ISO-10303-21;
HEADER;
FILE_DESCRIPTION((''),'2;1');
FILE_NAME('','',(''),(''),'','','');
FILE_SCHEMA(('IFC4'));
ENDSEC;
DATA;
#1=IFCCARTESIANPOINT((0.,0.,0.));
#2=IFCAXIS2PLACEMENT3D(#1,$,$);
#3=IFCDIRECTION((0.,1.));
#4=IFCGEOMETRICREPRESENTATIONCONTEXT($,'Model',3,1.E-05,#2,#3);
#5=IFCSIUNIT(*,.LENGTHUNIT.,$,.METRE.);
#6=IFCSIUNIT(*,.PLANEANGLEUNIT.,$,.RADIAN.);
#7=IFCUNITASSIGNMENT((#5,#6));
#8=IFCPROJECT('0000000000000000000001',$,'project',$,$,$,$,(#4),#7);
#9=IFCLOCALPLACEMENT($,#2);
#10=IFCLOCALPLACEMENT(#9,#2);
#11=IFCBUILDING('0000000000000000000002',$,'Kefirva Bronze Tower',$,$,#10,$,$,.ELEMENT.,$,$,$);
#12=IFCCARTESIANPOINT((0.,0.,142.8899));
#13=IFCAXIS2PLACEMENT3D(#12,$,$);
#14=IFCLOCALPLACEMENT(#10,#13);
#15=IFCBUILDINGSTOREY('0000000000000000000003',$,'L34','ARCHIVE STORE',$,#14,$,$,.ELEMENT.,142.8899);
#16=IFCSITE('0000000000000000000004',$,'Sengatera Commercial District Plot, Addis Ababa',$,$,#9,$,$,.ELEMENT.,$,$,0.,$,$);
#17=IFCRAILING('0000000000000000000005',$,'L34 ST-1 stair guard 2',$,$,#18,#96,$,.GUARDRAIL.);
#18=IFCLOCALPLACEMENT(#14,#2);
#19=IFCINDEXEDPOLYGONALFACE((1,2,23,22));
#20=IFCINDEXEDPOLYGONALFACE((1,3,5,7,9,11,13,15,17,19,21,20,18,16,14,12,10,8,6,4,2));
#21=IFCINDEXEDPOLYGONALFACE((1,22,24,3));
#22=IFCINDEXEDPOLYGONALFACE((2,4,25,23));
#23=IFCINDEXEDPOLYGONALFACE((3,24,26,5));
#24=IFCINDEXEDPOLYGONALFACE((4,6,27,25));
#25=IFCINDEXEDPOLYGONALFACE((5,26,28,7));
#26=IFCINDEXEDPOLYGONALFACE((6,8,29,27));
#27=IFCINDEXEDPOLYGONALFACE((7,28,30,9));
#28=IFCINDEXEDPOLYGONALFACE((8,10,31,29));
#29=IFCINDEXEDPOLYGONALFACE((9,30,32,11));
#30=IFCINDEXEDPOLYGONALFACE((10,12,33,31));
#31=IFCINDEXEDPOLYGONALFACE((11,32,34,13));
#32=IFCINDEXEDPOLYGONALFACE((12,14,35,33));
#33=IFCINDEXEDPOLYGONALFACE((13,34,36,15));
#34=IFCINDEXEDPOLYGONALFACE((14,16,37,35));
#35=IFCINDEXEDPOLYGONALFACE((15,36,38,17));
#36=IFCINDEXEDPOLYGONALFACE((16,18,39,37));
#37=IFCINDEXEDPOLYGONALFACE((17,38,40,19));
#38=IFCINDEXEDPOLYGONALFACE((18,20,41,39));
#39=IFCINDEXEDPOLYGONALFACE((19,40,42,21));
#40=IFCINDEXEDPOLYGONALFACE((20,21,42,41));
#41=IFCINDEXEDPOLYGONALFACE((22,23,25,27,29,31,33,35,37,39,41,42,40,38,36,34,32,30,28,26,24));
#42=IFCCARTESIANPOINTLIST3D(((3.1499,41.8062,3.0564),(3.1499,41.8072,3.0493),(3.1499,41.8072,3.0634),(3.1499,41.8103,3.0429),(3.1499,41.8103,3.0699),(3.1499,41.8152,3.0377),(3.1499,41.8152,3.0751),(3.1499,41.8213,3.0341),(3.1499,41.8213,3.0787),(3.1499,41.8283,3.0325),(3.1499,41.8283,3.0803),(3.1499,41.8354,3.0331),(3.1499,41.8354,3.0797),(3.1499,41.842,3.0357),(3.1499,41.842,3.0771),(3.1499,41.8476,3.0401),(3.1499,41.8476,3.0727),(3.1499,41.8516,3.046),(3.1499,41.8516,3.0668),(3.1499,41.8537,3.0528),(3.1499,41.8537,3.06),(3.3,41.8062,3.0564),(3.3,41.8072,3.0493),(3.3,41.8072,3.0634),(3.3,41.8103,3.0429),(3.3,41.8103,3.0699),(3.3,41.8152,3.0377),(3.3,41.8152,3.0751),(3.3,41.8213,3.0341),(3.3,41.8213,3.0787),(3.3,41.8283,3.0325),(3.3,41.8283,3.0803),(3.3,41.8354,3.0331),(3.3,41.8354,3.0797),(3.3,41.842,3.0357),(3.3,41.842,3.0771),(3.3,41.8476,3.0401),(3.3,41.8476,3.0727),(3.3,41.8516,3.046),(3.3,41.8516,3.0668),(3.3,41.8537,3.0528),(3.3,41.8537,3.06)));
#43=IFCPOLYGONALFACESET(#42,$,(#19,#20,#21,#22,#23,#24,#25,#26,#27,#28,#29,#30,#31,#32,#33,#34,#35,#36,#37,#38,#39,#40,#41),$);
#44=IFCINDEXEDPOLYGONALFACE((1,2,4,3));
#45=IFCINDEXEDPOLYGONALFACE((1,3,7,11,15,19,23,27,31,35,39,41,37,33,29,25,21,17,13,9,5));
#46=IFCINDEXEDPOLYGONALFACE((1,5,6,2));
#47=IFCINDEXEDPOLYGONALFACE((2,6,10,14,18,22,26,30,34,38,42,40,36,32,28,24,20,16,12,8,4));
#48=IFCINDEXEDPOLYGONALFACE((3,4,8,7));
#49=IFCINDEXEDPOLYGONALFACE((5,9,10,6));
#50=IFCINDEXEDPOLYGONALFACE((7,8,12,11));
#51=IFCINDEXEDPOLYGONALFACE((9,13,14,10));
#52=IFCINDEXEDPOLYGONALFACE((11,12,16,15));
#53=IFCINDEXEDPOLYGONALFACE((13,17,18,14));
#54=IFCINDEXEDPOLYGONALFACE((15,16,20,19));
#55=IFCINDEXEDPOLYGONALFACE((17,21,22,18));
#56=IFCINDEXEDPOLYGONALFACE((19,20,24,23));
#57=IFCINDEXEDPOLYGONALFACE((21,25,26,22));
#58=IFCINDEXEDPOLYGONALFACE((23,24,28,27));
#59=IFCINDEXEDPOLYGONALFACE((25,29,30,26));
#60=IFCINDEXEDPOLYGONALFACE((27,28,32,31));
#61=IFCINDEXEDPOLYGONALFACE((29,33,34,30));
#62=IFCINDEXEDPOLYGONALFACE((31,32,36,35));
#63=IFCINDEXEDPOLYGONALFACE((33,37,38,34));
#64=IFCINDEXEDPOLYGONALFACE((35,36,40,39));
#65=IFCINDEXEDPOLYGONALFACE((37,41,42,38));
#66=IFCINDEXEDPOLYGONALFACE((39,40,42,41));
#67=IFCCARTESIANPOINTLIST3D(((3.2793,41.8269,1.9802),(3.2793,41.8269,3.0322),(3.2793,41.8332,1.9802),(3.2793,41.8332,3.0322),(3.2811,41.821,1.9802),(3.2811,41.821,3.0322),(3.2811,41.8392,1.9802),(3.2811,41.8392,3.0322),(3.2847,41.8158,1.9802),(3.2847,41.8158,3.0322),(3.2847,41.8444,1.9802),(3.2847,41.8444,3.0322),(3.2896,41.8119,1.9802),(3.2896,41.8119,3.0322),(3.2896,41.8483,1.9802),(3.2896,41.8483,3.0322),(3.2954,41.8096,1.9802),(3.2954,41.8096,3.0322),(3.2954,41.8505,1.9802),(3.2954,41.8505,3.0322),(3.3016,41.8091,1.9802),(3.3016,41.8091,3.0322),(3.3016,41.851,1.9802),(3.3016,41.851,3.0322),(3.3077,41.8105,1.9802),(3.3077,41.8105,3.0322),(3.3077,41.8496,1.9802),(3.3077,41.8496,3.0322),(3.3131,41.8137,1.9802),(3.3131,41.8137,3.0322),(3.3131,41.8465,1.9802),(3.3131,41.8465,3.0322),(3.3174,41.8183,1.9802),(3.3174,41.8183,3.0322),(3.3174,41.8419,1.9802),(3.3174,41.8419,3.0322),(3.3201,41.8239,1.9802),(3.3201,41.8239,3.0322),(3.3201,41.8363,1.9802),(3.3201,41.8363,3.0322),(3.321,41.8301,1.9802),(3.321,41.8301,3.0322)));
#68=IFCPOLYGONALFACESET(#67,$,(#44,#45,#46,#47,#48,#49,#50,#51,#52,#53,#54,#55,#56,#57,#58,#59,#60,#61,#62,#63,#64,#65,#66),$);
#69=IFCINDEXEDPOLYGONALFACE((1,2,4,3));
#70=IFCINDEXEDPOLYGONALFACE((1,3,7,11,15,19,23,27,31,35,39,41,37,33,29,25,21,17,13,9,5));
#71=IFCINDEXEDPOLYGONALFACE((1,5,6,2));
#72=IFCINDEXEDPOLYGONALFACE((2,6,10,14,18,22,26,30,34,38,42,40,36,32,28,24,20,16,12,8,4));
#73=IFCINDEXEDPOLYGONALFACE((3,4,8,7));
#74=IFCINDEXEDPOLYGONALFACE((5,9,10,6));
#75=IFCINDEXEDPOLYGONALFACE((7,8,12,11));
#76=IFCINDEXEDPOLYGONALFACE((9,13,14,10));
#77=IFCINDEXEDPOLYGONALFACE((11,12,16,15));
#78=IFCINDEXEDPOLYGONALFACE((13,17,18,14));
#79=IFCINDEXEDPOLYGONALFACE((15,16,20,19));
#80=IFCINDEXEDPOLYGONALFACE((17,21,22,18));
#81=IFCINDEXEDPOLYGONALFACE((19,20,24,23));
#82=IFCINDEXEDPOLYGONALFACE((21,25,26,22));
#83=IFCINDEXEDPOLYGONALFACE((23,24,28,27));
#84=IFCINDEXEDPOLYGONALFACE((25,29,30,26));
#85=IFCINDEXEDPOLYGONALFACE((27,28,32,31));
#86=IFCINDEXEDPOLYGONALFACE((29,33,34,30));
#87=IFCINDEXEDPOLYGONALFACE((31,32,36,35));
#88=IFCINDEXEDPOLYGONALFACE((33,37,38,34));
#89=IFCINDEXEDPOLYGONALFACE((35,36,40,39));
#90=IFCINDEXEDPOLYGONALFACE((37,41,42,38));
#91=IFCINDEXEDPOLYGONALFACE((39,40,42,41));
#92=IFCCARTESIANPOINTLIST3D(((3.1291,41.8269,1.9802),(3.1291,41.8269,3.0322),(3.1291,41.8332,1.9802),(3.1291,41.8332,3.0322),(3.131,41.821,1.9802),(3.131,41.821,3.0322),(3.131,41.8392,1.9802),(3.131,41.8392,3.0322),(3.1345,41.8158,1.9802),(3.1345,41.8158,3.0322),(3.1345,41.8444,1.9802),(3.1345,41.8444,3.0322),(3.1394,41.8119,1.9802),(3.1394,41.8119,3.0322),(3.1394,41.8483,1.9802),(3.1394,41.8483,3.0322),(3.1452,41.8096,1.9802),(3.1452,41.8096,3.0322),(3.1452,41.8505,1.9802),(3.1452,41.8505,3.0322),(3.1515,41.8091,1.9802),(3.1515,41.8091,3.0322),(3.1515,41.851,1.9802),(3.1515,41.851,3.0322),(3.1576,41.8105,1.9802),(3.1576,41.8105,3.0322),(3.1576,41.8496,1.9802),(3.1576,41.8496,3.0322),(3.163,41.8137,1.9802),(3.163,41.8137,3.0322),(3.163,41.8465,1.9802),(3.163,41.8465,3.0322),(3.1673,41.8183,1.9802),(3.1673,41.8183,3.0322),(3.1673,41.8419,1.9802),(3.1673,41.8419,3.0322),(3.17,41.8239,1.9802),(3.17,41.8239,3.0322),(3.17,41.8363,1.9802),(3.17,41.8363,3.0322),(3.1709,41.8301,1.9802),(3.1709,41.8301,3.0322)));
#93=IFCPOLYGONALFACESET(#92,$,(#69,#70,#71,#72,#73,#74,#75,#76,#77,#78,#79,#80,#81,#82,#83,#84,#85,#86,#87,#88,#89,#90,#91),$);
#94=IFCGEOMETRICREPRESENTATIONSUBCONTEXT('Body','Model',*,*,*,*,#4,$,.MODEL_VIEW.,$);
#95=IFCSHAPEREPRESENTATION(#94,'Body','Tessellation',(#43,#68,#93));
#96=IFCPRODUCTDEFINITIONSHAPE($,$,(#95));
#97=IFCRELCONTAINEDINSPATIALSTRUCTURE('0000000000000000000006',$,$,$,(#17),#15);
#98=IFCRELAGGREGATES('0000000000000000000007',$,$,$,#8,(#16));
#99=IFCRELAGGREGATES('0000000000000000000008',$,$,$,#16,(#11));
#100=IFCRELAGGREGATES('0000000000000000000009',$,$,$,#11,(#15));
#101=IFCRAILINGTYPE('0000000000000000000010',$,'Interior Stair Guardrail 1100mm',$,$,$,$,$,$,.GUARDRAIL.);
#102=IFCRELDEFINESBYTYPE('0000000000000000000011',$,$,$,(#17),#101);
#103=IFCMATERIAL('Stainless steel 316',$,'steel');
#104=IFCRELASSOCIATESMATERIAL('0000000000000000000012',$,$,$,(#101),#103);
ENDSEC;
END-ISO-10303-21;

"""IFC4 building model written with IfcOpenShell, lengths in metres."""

from ifc_helpers import new_model, si_unit, direction, frame, origin, origin_2d, place, context, subcontext, project, spatial, circle, extrude, material, type_object, element, save


model = new_model("IFC4")

# Units and contexts
model_context = context("Model", 3, precision=1e-05, world=origin(), true_north=direction((0.0, 1.0)))
body_context = subcontext(model_context, "Body", "Model", "MODEL_VIEW")
ifc_project = project(units=[si_unit("LENGTHUNIT", "METRE"), si_unit("PLANEANGLEUNIT", "RADIAN")], contexts=[model_context])

# Site, building, storey
site_placement = place(None, origin())
site = spatial("IfcSite", under=ifc_project, at=site_placement, Name="Sengatera Commercial District Plot, Addis Ababa", CompositionType="ELEMENT", RefElevation=0.0)
building_placement = place(site_placement, origin())
building = spatial("IfcBuilding", under=site, at=building_placement, Name="Kefirva Bronze Tower", CompositionType="ELEMENT")
storey_placement = place(building_placement, frame((0.0, 0.0, 142.8899)))
storey = spatial("IfcBuildingStorey", under=building, at=storey_placement, Name="L34", Description="ARCHIVE STORE", CompositionType="ELEMENT", Elevation=142.8899)

# Railing
ifc_material_1 = material(Name="Stainless steel 316", Category="steel")
railing_type_1 = type_object("IfcRailingType", Name="Interior Stair Guardrail 1100mm", PredefinedType="GUARDRAIL", material=ifc_material_1)
railing_1_placement = place(storey_placement, frame((3.3, 41.8301, 1.9802)))
element("IfcRailing", 1, at=railing_1_placement, inside=storey, type_object=railing_type_1, Name="L34 ST-1 stair guard 2", PredefinedType="GUARDRAIL", context=body_context, shape_type="SweptSolid", body=[
    extrude(circle(Radius=0.0239, at=origin_2d()), frame((0.0, 0.0, 1.0762), z_axis=(-1.0, 0.0, 0.0), x_axis=(0.0, -1.0, 0.0)), (0.0, 0.0, 1.0), 0.1501),
    extrude(circle(Radius=0.021, at=origin_2d()), origin(), (0.0, 0.0, 1.0), 1.052),
    extrude(circle(Radius=0.021, at=origin_2d()), frame((-0.1501, 0.0, 0.0)), (0.0, 0.0, 1.0), 1.052),
])

save(model, "model.ifc")
